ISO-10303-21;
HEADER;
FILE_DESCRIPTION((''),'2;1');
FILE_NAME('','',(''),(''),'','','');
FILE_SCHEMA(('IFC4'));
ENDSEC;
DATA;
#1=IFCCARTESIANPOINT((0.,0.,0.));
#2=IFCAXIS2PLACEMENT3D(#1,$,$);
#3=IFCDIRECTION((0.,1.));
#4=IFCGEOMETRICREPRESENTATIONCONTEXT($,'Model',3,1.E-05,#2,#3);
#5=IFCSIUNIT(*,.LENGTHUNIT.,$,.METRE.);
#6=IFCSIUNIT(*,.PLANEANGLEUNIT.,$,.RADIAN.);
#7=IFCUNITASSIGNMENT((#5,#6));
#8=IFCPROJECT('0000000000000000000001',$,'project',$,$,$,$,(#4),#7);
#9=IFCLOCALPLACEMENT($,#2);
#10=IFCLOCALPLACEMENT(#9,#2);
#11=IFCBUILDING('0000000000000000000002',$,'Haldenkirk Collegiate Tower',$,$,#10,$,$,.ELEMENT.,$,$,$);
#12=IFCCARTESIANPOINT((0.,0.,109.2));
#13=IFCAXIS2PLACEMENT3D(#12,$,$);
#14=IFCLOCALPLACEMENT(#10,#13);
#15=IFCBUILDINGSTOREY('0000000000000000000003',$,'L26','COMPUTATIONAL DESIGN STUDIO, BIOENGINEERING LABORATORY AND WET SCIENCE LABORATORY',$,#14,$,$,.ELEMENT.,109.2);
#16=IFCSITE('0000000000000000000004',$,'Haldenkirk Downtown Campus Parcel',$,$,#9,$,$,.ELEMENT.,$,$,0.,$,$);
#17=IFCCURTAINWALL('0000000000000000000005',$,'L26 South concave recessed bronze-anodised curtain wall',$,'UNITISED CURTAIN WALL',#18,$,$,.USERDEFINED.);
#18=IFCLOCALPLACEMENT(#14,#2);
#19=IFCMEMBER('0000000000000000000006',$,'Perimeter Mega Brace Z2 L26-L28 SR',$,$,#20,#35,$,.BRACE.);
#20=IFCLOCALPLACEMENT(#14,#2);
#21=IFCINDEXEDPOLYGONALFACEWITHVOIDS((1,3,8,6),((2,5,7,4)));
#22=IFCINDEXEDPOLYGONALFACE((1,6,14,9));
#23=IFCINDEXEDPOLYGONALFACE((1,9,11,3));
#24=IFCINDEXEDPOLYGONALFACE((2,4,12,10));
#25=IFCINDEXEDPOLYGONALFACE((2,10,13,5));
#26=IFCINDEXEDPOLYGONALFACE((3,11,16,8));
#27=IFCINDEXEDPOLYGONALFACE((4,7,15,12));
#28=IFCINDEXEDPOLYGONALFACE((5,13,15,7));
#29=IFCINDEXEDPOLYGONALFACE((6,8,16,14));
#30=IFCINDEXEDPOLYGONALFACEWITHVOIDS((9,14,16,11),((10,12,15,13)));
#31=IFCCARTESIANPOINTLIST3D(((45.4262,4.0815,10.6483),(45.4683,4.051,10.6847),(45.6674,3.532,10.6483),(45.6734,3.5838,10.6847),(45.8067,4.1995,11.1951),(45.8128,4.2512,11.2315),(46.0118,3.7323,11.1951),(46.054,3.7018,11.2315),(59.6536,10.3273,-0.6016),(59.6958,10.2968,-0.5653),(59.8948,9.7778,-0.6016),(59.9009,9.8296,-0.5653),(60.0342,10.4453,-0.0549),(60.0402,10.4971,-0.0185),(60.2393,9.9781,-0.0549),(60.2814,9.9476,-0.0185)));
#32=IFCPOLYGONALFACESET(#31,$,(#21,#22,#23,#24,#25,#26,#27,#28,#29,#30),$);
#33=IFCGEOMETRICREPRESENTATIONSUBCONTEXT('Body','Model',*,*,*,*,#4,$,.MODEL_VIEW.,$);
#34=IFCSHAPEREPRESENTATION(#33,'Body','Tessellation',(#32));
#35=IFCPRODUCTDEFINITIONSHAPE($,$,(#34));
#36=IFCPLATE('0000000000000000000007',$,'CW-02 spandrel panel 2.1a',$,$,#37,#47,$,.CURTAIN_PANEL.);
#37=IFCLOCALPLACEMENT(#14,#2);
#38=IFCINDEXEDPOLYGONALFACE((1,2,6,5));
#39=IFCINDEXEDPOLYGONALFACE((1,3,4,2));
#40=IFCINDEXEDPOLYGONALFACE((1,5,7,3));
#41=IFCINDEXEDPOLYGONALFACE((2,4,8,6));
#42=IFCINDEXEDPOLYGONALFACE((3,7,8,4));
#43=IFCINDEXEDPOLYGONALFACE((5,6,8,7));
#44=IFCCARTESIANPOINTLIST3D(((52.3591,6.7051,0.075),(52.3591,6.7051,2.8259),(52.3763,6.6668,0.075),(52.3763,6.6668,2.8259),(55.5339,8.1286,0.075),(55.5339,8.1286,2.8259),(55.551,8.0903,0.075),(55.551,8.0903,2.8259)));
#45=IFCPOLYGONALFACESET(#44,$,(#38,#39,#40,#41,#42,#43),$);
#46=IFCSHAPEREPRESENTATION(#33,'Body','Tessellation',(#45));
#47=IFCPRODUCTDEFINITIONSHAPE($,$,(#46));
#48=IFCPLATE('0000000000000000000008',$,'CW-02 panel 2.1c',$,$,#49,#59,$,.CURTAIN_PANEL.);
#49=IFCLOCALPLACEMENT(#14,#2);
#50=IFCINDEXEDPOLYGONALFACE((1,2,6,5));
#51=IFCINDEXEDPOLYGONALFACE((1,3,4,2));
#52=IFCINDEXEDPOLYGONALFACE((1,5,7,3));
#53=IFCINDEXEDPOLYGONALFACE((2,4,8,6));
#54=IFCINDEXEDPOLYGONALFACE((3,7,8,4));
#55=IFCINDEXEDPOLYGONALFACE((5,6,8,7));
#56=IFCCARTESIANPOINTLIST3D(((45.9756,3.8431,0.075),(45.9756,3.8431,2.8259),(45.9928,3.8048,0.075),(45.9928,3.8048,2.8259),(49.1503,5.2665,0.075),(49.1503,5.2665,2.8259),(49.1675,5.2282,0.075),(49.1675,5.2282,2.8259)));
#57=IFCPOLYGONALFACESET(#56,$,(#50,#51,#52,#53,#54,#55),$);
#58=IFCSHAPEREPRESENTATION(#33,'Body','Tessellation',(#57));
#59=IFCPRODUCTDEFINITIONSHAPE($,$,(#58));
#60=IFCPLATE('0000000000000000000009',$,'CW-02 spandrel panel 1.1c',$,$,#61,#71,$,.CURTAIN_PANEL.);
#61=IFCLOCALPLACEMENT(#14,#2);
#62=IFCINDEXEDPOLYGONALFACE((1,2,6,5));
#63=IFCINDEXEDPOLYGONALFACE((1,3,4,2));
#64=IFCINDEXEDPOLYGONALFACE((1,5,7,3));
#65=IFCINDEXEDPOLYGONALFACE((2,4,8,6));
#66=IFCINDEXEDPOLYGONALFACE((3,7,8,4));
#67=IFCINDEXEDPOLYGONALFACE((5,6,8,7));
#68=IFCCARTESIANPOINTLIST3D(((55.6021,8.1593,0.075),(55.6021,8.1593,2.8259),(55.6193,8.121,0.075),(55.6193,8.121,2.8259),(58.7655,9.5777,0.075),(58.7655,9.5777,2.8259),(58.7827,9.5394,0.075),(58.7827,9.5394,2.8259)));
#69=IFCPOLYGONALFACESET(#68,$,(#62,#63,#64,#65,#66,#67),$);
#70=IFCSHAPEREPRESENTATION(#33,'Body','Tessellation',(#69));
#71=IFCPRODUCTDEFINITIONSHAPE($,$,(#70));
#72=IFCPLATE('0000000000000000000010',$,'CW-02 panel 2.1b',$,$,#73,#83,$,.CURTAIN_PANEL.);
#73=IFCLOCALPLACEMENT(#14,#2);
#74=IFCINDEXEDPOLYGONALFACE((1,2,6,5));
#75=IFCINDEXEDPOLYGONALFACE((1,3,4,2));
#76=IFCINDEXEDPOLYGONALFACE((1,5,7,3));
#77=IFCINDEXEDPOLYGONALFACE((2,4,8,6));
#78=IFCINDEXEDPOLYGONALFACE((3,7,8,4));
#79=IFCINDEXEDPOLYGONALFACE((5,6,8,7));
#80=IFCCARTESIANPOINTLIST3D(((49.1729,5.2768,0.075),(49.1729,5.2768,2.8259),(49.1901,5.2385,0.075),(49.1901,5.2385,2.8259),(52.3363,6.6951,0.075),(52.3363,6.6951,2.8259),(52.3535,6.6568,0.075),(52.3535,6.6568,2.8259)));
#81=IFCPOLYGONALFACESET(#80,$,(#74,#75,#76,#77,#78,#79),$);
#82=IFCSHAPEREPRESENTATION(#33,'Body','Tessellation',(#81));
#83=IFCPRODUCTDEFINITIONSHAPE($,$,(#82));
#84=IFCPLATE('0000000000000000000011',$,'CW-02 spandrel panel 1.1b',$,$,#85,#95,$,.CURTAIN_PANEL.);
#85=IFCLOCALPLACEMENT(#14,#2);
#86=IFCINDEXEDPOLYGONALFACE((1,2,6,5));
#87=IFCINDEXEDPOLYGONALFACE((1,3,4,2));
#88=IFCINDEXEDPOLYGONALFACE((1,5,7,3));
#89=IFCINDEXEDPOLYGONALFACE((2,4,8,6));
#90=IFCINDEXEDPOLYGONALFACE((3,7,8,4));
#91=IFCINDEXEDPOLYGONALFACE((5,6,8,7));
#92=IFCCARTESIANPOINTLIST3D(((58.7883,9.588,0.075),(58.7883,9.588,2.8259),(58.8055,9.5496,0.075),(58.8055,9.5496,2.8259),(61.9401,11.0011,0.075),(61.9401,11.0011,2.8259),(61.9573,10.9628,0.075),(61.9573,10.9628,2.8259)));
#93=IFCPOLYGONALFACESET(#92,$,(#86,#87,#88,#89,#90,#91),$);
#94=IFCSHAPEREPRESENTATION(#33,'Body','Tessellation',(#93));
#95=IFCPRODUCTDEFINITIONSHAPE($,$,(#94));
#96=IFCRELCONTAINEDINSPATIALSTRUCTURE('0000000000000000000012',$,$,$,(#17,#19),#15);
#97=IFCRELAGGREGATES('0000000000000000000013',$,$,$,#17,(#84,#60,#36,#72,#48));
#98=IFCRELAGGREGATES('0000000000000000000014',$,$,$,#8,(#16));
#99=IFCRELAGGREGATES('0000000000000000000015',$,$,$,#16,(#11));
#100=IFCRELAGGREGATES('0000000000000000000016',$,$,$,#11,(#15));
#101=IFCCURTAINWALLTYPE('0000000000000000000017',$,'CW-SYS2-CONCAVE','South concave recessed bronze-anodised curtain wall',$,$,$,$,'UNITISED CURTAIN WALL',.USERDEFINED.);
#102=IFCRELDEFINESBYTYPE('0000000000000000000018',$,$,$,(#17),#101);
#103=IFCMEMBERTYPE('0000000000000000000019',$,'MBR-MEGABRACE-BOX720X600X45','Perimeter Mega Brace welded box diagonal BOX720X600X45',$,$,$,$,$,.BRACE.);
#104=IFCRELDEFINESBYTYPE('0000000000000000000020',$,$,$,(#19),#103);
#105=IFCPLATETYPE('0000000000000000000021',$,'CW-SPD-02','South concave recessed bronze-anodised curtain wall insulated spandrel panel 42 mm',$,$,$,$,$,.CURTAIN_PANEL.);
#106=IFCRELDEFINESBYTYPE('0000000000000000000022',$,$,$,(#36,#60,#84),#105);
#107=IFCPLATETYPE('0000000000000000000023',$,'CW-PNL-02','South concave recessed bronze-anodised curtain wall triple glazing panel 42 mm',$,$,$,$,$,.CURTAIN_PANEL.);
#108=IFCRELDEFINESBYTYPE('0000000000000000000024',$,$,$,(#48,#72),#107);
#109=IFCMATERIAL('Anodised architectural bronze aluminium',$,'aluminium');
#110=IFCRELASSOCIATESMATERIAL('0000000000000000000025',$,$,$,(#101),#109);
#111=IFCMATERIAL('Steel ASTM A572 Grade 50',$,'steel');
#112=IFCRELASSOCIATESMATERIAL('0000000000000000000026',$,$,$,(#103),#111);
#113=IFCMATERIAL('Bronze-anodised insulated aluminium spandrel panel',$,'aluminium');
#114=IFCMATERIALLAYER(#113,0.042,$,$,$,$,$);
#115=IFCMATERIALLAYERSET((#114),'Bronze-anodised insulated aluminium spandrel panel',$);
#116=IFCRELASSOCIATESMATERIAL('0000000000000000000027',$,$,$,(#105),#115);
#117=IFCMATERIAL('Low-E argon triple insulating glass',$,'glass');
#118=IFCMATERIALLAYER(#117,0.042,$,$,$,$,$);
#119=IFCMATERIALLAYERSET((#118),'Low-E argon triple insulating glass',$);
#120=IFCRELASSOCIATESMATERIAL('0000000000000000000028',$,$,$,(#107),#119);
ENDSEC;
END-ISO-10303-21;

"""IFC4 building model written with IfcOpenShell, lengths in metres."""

from ifc_helpers import new_model, si_unit, direction, frame, origin, origin_2d, place, context, subcontext, project, spatial, rectangle, hollow_rectangle, extrude, source, transform, mapped, material, layer, layer_set, material_profile, profile_set, type_object, element, aggregate, save


model = new_model("IFC4")

# Units and contexts
model_context = context("Model", 3, precision=1e-05, world=origin(), true_north=direction((0.0, 1.0)))
body_context = subcontext(model_context, "Body", "Model", "MODEL_VIEW")
ifc_project = project(units=[si_unit("LENGTHUNIT", "METRE"), si_unit("PLANEANGLEUNIT", "RADIAN")], contexts=[model_context])

# Site, building, storey
site_placement = place(None, origin())
site = spatial("IfcSite", under=ifc_project, at=site_placement, Name="Haldenkirk Downtown Campus Parcel", CompositionType="ELEMENT", RefElevation=0.0)
building_placement = place(site_placement, origin())
building = spatial("IfcBuilding", under=site, at=building_placement, Name="Haldenkirk Collegiate Tower", CompositionType="ELEMENT")
storey_placement = place(building_placement, frame((0.0, 0.0, 109.2)))
storey = spatial("IfcBuildingStorey", under=building, at=storey_placement, Name="L26", Description="COMPUTATIONAL DESIGN STUDIO, BIOENGINEERING LABORATORY AND WET SCIENCE LABORATORY", CompositionType="ELEMENT", Elevation=109.2)

# Shared definitions
ifc_material_1 = material(Name="Steel ASTM A572 Grade 50", Category="steel")

# Curtain wall
ifc_material_2 = material(Name="Anodised architectural bronze aluminium", Category="aluminium")
curtain_wall_type = type_object("IfcCurtainWallType", Name="CW-SYS2-CONCAVE", Description="South concave recessed bronze-anodised curtain wall", ElementType="UNITISED CURTAIN WALL", PredefinedType="USERDEFINED", material=ifc_material_2)
curtain_wall_placement = place(storey_placement, origin())
curtain_wall = element("IfcCurtainWall", 1, at=curtain_wall_placement, inside=storey, type_object=curtain_wall_type, Name="L26 South concave recessed bronze-anodised curtain wall", ObjectType="UNITISED CURTAIN WALL", PredefinedType="USERDEFINED")

# Member
ifc_material_profile_1 = material_profile(ifc_material_1, hollow_rectangle(XDim=0.6001, YDim=0.72, WallThickness=0.0449, at=origin_2d()), Name="BOX720X600X45")
ifc_profile_set_1 = profile_set([ifc_material_profile_1], Name="Steel ASTM A572 Grade 50")
member_type_1 = type_object("IfcMemberType", Name="MBR-MEGABRACE-BOX720X600X45", Description="Perimeter Mega Brace welded box diagonal BOX720X600X45", PredefinedType="BRACE", material=ifc_profile_set_1)
member_1_placement = place(storey_placement, frame((59.9675, 10.1375, -0.3101), z_axis=(-0.741666, -0.325589, 0.58645), x_axis=(0.401969, -0.915653, 0.0)))
element("IfcMember", 2, at=member_1_placement, inside=storey, type_object=member_type_1, Name="Perimeter Mega Brace Z2 L26-L28 SR", PredefinedType="BRACE", context=body_context, shape_type="SweptSolid", body=[
    extrude(hollow_rectangle(XDim=0.6001, YDim=0.72, WallThickness=0.0449, at=origin_2d()), origin(), (0.0, 0.0, 1.0), 19.1831),
])

# Plates
ifc_material_3 = material(Name="Bronze-anodised insulated aluminium spandrel panel", Category="aluminium")
ifc_layer_1 = layer(ifc_material_3, 0.042)
ifc_layer_set_1 = layer_set([ifc_layer_1], Name="Bronze-anodised insulated aluminium spandrel panel")
plate_type_1 = type_object("IfcPlateType", Name="CW-SPD-02", Description="South concave recessed bronze-anodised curtain wall insulated spandrel panel 42 mm", PredefinedType="CURTAIN_PANEL", material=ifc_layer_set_1)
shared_shape_1 = source(origin(), body_context, "Body", "SweptSolid", [
    extrude(rectangle(XDim=3.4792, YDim=0.042, at=origin_2d()), origin(), (0.0, 0.0, 1.0), 2.751),
])
plate_1_placement = place(storey_placement, frame((53.9551, 7.3977, 0.075), z_axis=(0.0, 0.0, 1.0), x_axis=(-0.912477, -0.409127, 0.0)))
plate_1 = element("IfcPlate", 3, at=plate_1_placement, type_object=plate_type_1, Name="CW-02 spandrel panel 2.1a", PredefinedType="CURTAIN_PANEL", context=body_context, shape_type="MappedRepresentation", body=[
    mapped(shared_shape_1, transform((0.0, 0.0, 0.0), x_axis=(1.0, 0.0, 0.0), y_axis=(0.0, 1.0, 0.0), z_axis=(0.0, 0.0, 1.0), scale=1.0)),
])
ifc_material_4 = material(Name="Low-E argon triple insulating glass", Category="glass")
ifc_layer_2 = layer(ifc_material_4, 0.042)
ifc_layer_set_2 = layer_set([ifc_layer_2], Name="Low-E argon triple insulating glass")
plate_type_2 = type_object("IfcPlateType", Name="CW-PNL-02", Description="South concave recessed bronze-anodised curtain wall triple glazing panel 42 mm", PredefinedType="CURTAIN_PANEL", material=ifc_layer_set_2)
plate_2_placement = place(storey_placement, frame((47.5715, 4.5356, 0.075), z_axis=(0.0, 0.0, 1.0), x_axis=(-0.912477, -0.409127, 0.0)))
plate_2 = element("IfcPlate", 4, at=plate_2_placement, type_object=plate_type_2, Name="CW-02 panel 2.1c", PredefinedType="CURTAIN_PANEL", context=body_context, shape_type="MappedRepresentation", body=[
    mapped(shared_shape_1, transform((0.0, 0.0, 0.0), x_axis=(1.0, 0.0, 0.0), y_axis=(0.0, 1.0, 0.0), z_axis=(0.0, 0.0, 1.0), scale=1.0)),
])
shared_shape_2 = source(origin(), body_context, "Body", "SweptSolid", [
    extrude(rectangle(XDim=3.4668, YDim=0.042, at=origin_2d()), origin(), (0.0, 0.0, 1.0), 2.751),
])
plate_3_placement = place(storey_placement, frame((57.1924, 8.8494, 0.075), z_axis=(0.0, 0.0, 1.0), x_axis=(-0.912477, -0.409127, 0.0)))
plate_3 = element("IfcPlate", 5, at=plate_3_placement, type_object=plate_type_1, Name="CW-02 spandrel panel 1.1c", PredefinedType="CURTAIN_PANEL", context=body_context, shape_type="MappedRepresentation", body=[
    mapped(shared_shape_2, transform((0.0, 0.0, 0.0), x_axis=(1.0, 0.0, 0.0), y_axis=(0.0, 1.0, 0.0), z_axis=(0.0, 0.0, 1.0), scale=1.0)),
])
plate_4_placement = place(storey_placement, frame((50.7632, 5.9668, 0.075), z_axis=(0.0, 0.0, 1.0), x_axis=(-0.912477, -0.409127, 0.0)))
plate_4 = element("IfcPlate", 6, at=plate_4_placement, type_object=plate_type_2, Name="CW-02 panel 2.1b", PredefinedType="CURTAIN_PANEL", context=body_context, shape_type="MappedRepresentation", body=[
    mapped(shared_shape_2, transform((0.0, 0.0, 0.0), x_axis=(1.0, 0.0, 0.0), y_axis=(0.0, 1.0, 0.0), z_axis=(0.0, 0.0, 1.0), scale=1.0)),
])
shared_shape_3 = source(origin(), body_context, "Body", "SweptSolid", [
    extrude(rectangle(XDim=3.4541, YDim=0.042, at=origin_2d()), origin(), (0.0, 0.0, 1.0), 2.751),
])
plate_5_placement = place(storey_placement, frame((60.3728, 10.2754, 0.075), z_axis=(0.0, 0.0, 1.0), x_axis=(-0.912477, -0.409127, 0.0)))
plate_5 = element("IfcPlate", 7, at=plate_5_placement, type_object=plate_type_1, Name="CW-02 spandrel panel 1.1b", PredefinedType="CURTAIN_PANEL", context=body_context, shape_type="MappedRepresentation", body=[
    mapped(shared_shape_3, transform((0.0, 0.0, 0.0), x_axis=(1.0, 0.0, 0.0), y_axis=(0.0, 1.0, 0.0), z_axis=(0.0, 0.0, 1.0), scale=1.0)),
])
aggregate(curtain_wall, [plate_5, plate_3, plate_1, plate_4, plate_2])

save(model, "model.ifc")
